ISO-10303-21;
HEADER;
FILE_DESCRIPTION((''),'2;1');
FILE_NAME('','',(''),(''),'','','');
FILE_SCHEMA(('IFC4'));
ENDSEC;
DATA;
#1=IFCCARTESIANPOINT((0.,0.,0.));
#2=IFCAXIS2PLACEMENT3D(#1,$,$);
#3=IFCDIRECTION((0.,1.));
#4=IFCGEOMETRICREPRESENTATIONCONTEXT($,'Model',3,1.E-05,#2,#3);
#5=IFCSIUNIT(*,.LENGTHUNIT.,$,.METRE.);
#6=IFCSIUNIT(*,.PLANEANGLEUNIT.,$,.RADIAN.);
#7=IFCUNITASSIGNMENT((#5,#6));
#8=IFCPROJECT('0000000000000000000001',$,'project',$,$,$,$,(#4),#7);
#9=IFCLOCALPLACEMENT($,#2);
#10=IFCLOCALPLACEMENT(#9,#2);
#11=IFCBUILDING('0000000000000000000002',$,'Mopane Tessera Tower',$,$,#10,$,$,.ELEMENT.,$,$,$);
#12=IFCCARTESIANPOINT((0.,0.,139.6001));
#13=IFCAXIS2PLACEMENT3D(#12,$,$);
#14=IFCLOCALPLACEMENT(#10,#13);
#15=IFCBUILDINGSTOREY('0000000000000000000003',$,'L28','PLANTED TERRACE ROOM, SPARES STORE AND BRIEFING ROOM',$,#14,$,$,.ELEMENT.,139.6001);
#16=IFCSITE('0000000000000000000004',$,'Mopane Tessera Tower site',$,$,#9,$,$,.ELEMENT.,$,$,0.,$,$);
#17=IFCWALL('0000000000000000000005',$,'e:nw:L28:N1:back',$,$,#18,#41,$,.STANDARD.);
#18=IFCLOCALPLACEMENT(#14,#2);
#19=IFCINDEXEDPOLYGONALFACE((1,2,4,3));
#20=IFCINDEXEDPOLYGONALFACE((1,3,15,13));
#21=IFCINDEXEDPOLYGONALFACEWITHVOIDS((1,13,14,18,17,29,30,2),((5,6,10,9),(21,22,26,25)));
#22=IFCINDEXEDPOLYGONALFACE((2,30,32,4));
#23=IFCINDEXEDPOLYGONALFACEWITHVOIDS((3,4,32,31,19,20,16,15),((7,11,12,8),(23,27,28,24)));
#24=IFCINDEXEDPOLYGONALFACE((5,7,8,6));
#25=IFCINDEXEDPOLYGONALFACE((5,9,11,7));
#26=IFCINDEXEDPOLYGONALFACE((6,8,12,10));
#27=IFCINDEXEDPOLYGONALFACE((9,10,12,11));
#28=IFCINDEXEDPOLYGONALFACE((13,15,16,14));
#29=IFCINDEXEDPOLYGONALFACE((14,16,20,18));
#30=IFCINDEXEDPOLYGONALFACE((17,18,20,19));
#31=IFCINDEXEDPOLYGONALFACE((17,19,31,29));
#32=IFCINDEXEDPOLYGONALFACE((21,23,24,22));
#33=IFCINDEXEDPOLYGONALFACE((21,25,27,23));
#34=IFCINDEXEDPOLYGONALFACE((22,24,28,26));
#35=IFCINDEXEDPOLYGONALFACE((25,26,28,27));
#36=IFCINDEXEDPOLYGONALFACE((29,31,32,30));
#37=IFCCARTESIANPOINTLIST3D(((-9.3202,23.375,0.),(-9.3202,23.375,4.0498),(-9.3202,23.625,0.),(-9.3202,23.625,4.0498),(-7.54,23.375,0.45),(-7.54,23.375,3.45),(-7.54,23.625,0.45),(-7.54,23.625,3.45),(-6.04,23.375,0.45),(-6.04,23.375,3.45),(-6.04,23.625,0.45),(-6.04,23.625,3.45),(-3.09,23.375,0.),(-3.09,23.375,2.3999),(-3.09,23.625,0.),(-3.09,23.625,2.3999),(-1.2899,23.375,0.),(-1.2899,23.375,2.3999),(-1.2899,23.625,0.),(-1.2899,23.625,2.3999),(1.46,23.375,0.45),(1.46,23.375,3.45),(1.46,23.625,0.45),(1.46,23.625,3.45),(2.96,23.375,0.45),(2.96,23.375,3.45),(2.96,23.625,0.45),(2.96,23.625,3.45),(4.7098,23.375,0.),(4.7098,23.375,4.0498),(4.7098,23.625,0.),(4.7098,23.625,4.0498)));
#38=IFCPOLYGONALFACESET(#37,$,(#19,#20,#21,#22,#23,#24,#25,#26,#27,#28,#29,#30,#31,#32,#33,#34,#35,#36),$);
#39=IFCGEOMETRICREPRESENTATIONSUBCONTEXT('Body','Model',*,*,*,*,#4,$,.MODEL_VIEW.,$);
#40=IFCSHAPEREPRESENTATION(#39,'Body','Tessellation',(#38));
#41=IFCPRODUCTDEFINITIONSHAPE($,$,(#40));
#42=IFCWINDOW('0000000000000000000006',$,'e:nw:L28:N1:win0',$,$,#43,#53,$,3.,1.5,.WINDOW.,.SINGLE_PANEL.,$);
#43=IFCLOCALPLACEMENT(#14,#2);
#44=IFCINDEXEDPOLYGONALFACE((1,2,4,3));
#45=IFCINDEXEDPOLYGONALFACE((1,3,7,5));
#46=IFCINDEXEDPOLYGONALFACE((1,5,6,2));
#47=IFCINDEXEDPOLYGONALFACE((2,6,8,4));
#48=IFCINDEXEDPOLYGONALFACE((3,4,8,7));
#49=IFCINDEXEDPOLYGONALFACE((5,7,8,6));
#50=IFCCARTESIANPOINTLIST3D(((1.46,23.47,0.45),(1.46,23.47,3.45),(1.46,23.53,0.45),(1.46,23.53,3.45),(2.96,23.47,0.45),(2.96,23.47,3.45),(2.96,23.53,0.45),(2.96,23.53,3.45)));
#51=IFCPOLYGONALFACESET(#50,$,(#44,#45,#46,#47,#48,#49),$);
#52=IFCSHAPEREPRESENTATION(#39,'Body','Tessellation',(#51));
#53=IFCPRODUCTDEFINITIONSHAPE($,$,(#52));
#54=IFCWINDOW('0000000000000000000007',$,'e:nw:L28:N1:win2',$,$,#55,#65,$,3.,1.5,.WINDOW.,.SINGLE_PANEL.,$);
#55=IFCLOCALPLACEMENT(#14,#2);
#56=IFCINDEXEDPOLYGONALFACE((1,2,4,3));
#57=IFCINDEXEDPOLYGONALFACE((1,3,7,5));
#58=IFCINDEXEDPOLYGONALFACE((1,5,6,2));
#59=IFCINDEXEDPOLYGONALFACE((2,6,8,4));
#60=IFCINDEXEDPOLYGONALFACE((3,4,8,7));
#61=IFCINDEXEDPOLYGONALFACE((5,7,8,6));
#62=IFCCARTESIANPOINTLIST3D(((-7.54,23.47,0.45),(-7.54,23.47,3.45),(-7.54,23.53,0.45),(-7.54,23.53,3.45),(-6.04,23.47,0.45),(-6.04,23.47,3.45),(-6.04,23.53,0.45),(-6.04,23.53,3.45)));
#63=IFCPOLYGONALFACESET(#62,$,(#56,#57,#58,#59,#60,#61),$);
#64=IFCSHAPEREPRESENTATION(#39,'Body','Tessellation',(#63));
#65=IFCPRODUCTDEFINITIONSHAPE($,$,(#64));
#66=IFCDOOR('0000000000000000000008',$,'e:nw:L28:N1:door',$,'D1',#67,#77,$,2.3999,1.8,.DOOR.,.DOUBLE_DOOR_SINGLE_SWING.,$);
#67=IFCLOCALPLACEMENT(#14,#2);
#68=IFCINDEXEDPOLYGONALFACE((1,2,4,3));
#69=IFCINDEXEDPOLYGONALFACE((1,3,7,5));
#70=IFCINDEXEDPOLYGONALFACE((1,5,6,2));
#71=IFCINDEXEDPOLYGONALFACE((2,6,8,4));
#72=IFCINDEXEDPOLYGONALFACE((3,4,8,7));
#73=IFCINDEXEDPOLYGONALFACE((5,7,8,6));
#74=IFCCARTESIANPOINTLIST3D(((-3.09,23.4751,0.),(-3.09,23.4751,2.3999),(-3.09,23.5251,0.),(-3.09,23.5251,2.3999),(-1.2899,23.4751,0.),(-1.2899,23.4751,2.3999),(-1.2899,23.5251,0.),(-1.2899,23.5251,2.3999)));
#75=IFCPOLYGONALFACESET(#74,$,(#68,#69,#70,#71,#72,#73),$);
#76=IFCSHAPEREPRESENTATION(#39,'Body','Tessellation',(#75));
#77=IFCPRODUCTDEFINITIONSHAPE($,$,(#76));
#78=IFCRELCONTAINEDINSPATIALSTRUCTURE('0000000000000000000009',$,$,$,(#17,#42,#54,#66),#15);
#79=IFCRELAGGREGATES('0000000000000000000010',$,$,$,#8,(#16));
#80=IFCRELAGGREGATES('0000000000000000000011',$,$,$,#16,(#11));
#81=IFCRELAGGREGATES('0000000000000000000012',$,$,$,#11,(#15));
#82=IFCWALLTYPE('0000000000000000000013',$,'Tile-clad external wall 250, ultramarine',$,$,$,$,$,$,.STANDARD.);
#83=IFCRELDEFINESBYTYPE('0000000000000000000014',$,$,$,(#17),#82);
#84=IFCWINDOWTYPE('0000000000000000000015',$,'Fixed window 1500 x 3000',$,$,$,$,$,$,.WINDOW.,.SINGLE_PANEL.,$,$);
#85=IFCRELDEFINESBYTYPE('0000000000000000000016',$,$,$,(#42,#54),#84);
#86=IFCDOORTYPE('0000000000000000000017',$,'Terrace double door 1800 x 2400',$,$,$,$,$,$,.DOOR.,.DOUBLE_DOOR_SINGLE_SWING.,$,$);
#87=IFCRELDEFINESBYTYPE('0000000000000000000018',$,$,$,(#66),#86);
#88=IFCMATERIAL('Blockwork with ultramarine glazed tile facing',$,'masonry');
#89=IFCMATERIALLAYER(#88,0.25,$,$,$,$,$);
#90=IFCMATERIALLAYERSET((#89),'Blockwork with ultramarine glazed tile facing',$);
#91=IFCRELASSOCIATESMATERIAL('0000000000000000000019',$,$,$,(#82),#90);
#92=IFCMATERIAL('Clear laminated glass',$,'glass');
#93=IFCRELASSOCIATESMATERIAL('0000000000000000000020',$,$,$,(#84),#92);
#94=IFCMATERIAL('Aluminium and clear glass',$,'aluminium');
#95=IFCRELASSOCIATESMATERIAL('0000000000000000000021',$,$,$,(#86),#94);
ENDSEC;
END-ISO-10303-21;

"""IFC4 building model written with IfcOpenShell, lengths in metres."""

from ifc_helpers import new_model, si_unit, direction, frame, frame_2d, origin, place, context, subcontext, project, spatial, rectangle, extrude, material, layer, layer_set, type_object, element, fill, save


model = new_model("IFC4")

# Units and contexts
model_context = context("Model", 3, precision=1e-05, world=origin(), true_north=direction((0.0, 1.0)))
body_context = subcontext(model_context, "Body", "Model", "MODEL_VIEW")
ifc_project = project(units=[si_unit("LENGTHUNIT", "METRE"), si_unit("PLANEANGLEUNIT", "RADIAN")], contexts=[model_context])

# Site, building, storey
site_placement = place(None, origin())
site = spatial("IfcSite", under=ifc_project, at=site_placement, Name="Mopane Tessera Tower site", CompositionType="ELEMENT", RefElevation=0.0)
building_placement = place(site_placement, origin())
building = spatial("IfcBuilding", under=site, at=building_placement, Name="Mopane Tessera Tower", CompositionType="ELEMENT")
storey_placement = place(building_placement, frame((0.0, 0.0, 139.6001)))
storey = spatial("IfcBuildingStorey", under=building, at=storey_placement, Name="L28", Description="PLANTED TERRACE ROOM, SPARES STORE AND BRIEFING ROOM", CompositionType="ELEMENT", Elevation=139.6001)

# Wall, openings, windows, door
ifc_material_1 = material(Name="Blockwork with ultramarine glazed tile facing", Category="masonry")
ifc_layer_1 = layer(ifc_material_1, 0.25)
ifc_layer_set_1 = layer_set([ifc_layer_1], Name="Blockwork with ultramarine glazed tile facing")
wall_type_1 = type_object("IfcWallType", Name="Tile-clad external wall 250, ultramarine", PredefinedType="STANDARD", material=ifc_layer_set_1)
wall_1_placement = place(storey_placement, frame((4.71, 23.5, 0.0), z_axis=(0.0, 0.0, 1.0), x_axis=(-1.0, 0.0, 0.0)))
wall_1 = element("IfcWall", 1, at=wall_1_placement, inside=storey, type_object=wall_type_1, Name="e:nw:L28:N1:back", PredefinedType="STANDARD", context=body_context, shape_type="SweptSolid", body=[
    extrude(rectangle(XDim=14.03, YDim=0.25, at=frame_2d((7.0151, 0.0))), origin(), (0.0, 0.0, 1.0), 4.0498),
])
opening_1_placement = place(wall_1_placement, frame((1.75, 0.0, 0.45)))
opening_1 = element("IfcOpeningElement", 2, at=opening_1_placement, cuts=wall_1, PredefinedType="OPENING", context=body_context, shape_type="SweptSolid", body=[
    extrude(rectangle(XDim=1.5, YDim=3.0, at=frame_2d((0.75, 1.5))), frame((0.0, 0.137, 0.0), z_axis=(0.0, -1.0, 0.0), x_axis=(1.0, 0.0, 0.0)), (0.0, 0.0, 1.0), 0.2739),
])
opening_2_placement = place(wall_1_placement, frame((6.0, 0.0, 0.0)))
opening_2 = element("IfcOpeningElement", 3, at=opening_2_placement, cuts=wall_1, PredefinedType="OPENING", context=body_context, shape_type="SweptSolid", body=[
    extrude(rectangle(XDim=1.8, YDim=2.3999, at=frame_2d((0.8999, 1.2))), frame((0.0, 0.137, 0.0), z_axis=(0.0, -1.0, 0.0), x_axis=(1.0, 0.0, 0.0)), (0.0, 0.0, 1.0), 0.2739),
])
opening_3_placement = place(wall_1_placement, frame((10.75, 0.0, 0.45)))
opening_3 = element("IfcOpeningElement", 4, at=opening_3_placement, cuts=wall_1, PredefinedType="OPENING", context=body_context, shape_type="SweptSolid", body=[
    extrude(rectangle(XDim=1.5, YDim=3.0, at=frame_2d((0.75, 1.5))), frame((0.0, 0.137, 0.0), z_axis=(0.0, -1.0, 0.0), x_axis=(1.0, 0.0, 0.0)), (0.0, 0.0, 1.0), 0.2739),
])
ifc_material_2 = material(Name="Clear laminated glass", Category="glass")
window_type = type_object("IfcWindowType", Name="Fixed window 1500 x 3000", PartitioningType="SINGLE_PANEL", PredefinedType="WINDOW", material=ifc_material_2)
window_1_placement = place(opening_1_placement, origin())
window_1 = element("IfcWindow", 5, at=window_1_placement, inside=storey, type_object=window_type, Name="e:nw:L28:N1:win0", OverallHeight=3.0, OverallWidth=1.5, PartitioningType="SINGLE_PANEL", PredefinedType="WINDOW", context=body_context, shape_type="SweptSolid", body=[
    extrude(rectangle(XDim=1.5, YDim=3.0, at=frame_2d((0.75, 1.5))), frame((0.0, 0.03, 0.0), z_axis=(0.0, -1.0, 0.0), x_axis=(1.0, 0.0, 0.0)), (0.0, 0.0, 1.0), 0.0601),
])
fill(opening_1, window_1)
window_2_placement = place(opening_3_placement, origin())
window_2 = element("IfcWindow", 6, at=window_2_placement, inside=storey, type_object=window_type, Name="e:nw:L28:N1:win2", OverallHeight=3.0, OverallWidth=1.5, PartitioningType="SINGLE_PANEL", PredefinedType="WINDOW", context=body_context, shape_type="SweptSolid", body=[
    extrude(rectangle(XDim=1.5, YDim=3.0, at=frame_2d((0.75, 1.5))), frame((0.0, 0.03, 0.0), z_axis=(0.0, -1.0, 0.0), x_axis=(1.0, 0.0, 0.0)), (0.0, 0.0, 1.0), 0.0601),
])
fill(opening_3, window_2)
ifc_material_3 = material(Name="Aluminium and clear glass", Category="aluminium")
door_type_1 = type_object("IfcDoorType", Name="Terrace double door 1800 x 2400", OperationType="DOUBLE_DOOR_SINGLE_SWING", PredefinedType="DOOR", material=ifc_material_3)
door_1_placement = place(opening_2_placement, origin())
door_1 = element("IfcDoor", 7, at=door_1_placement, inside=storey, type_object=door_type_1, Name="e:nw:L28:N1:door", ObjectType="D1", OperationType="DOUBLE_DOOR_SINGLE_SWING", OverallHeight=2.3999, OverallWidth=1.8, PredefinedType="DOOR", context=body_context, shape_type="SweptSolid", body=[
    extrude(rectangle(XDim=1.8, YDim=2.3999, at=frame_2d((0.8999, 1.2))), frame((0.0, 0.0249, 0.0), z_axis=(0.0, -1.0, 0.0), x_axis=(1.0, 0.0, 0.0)), (0.0, 0.0, 1.0), 0.05),
])
fill(opening_2, door_1)

save(model, "model.ifc")
